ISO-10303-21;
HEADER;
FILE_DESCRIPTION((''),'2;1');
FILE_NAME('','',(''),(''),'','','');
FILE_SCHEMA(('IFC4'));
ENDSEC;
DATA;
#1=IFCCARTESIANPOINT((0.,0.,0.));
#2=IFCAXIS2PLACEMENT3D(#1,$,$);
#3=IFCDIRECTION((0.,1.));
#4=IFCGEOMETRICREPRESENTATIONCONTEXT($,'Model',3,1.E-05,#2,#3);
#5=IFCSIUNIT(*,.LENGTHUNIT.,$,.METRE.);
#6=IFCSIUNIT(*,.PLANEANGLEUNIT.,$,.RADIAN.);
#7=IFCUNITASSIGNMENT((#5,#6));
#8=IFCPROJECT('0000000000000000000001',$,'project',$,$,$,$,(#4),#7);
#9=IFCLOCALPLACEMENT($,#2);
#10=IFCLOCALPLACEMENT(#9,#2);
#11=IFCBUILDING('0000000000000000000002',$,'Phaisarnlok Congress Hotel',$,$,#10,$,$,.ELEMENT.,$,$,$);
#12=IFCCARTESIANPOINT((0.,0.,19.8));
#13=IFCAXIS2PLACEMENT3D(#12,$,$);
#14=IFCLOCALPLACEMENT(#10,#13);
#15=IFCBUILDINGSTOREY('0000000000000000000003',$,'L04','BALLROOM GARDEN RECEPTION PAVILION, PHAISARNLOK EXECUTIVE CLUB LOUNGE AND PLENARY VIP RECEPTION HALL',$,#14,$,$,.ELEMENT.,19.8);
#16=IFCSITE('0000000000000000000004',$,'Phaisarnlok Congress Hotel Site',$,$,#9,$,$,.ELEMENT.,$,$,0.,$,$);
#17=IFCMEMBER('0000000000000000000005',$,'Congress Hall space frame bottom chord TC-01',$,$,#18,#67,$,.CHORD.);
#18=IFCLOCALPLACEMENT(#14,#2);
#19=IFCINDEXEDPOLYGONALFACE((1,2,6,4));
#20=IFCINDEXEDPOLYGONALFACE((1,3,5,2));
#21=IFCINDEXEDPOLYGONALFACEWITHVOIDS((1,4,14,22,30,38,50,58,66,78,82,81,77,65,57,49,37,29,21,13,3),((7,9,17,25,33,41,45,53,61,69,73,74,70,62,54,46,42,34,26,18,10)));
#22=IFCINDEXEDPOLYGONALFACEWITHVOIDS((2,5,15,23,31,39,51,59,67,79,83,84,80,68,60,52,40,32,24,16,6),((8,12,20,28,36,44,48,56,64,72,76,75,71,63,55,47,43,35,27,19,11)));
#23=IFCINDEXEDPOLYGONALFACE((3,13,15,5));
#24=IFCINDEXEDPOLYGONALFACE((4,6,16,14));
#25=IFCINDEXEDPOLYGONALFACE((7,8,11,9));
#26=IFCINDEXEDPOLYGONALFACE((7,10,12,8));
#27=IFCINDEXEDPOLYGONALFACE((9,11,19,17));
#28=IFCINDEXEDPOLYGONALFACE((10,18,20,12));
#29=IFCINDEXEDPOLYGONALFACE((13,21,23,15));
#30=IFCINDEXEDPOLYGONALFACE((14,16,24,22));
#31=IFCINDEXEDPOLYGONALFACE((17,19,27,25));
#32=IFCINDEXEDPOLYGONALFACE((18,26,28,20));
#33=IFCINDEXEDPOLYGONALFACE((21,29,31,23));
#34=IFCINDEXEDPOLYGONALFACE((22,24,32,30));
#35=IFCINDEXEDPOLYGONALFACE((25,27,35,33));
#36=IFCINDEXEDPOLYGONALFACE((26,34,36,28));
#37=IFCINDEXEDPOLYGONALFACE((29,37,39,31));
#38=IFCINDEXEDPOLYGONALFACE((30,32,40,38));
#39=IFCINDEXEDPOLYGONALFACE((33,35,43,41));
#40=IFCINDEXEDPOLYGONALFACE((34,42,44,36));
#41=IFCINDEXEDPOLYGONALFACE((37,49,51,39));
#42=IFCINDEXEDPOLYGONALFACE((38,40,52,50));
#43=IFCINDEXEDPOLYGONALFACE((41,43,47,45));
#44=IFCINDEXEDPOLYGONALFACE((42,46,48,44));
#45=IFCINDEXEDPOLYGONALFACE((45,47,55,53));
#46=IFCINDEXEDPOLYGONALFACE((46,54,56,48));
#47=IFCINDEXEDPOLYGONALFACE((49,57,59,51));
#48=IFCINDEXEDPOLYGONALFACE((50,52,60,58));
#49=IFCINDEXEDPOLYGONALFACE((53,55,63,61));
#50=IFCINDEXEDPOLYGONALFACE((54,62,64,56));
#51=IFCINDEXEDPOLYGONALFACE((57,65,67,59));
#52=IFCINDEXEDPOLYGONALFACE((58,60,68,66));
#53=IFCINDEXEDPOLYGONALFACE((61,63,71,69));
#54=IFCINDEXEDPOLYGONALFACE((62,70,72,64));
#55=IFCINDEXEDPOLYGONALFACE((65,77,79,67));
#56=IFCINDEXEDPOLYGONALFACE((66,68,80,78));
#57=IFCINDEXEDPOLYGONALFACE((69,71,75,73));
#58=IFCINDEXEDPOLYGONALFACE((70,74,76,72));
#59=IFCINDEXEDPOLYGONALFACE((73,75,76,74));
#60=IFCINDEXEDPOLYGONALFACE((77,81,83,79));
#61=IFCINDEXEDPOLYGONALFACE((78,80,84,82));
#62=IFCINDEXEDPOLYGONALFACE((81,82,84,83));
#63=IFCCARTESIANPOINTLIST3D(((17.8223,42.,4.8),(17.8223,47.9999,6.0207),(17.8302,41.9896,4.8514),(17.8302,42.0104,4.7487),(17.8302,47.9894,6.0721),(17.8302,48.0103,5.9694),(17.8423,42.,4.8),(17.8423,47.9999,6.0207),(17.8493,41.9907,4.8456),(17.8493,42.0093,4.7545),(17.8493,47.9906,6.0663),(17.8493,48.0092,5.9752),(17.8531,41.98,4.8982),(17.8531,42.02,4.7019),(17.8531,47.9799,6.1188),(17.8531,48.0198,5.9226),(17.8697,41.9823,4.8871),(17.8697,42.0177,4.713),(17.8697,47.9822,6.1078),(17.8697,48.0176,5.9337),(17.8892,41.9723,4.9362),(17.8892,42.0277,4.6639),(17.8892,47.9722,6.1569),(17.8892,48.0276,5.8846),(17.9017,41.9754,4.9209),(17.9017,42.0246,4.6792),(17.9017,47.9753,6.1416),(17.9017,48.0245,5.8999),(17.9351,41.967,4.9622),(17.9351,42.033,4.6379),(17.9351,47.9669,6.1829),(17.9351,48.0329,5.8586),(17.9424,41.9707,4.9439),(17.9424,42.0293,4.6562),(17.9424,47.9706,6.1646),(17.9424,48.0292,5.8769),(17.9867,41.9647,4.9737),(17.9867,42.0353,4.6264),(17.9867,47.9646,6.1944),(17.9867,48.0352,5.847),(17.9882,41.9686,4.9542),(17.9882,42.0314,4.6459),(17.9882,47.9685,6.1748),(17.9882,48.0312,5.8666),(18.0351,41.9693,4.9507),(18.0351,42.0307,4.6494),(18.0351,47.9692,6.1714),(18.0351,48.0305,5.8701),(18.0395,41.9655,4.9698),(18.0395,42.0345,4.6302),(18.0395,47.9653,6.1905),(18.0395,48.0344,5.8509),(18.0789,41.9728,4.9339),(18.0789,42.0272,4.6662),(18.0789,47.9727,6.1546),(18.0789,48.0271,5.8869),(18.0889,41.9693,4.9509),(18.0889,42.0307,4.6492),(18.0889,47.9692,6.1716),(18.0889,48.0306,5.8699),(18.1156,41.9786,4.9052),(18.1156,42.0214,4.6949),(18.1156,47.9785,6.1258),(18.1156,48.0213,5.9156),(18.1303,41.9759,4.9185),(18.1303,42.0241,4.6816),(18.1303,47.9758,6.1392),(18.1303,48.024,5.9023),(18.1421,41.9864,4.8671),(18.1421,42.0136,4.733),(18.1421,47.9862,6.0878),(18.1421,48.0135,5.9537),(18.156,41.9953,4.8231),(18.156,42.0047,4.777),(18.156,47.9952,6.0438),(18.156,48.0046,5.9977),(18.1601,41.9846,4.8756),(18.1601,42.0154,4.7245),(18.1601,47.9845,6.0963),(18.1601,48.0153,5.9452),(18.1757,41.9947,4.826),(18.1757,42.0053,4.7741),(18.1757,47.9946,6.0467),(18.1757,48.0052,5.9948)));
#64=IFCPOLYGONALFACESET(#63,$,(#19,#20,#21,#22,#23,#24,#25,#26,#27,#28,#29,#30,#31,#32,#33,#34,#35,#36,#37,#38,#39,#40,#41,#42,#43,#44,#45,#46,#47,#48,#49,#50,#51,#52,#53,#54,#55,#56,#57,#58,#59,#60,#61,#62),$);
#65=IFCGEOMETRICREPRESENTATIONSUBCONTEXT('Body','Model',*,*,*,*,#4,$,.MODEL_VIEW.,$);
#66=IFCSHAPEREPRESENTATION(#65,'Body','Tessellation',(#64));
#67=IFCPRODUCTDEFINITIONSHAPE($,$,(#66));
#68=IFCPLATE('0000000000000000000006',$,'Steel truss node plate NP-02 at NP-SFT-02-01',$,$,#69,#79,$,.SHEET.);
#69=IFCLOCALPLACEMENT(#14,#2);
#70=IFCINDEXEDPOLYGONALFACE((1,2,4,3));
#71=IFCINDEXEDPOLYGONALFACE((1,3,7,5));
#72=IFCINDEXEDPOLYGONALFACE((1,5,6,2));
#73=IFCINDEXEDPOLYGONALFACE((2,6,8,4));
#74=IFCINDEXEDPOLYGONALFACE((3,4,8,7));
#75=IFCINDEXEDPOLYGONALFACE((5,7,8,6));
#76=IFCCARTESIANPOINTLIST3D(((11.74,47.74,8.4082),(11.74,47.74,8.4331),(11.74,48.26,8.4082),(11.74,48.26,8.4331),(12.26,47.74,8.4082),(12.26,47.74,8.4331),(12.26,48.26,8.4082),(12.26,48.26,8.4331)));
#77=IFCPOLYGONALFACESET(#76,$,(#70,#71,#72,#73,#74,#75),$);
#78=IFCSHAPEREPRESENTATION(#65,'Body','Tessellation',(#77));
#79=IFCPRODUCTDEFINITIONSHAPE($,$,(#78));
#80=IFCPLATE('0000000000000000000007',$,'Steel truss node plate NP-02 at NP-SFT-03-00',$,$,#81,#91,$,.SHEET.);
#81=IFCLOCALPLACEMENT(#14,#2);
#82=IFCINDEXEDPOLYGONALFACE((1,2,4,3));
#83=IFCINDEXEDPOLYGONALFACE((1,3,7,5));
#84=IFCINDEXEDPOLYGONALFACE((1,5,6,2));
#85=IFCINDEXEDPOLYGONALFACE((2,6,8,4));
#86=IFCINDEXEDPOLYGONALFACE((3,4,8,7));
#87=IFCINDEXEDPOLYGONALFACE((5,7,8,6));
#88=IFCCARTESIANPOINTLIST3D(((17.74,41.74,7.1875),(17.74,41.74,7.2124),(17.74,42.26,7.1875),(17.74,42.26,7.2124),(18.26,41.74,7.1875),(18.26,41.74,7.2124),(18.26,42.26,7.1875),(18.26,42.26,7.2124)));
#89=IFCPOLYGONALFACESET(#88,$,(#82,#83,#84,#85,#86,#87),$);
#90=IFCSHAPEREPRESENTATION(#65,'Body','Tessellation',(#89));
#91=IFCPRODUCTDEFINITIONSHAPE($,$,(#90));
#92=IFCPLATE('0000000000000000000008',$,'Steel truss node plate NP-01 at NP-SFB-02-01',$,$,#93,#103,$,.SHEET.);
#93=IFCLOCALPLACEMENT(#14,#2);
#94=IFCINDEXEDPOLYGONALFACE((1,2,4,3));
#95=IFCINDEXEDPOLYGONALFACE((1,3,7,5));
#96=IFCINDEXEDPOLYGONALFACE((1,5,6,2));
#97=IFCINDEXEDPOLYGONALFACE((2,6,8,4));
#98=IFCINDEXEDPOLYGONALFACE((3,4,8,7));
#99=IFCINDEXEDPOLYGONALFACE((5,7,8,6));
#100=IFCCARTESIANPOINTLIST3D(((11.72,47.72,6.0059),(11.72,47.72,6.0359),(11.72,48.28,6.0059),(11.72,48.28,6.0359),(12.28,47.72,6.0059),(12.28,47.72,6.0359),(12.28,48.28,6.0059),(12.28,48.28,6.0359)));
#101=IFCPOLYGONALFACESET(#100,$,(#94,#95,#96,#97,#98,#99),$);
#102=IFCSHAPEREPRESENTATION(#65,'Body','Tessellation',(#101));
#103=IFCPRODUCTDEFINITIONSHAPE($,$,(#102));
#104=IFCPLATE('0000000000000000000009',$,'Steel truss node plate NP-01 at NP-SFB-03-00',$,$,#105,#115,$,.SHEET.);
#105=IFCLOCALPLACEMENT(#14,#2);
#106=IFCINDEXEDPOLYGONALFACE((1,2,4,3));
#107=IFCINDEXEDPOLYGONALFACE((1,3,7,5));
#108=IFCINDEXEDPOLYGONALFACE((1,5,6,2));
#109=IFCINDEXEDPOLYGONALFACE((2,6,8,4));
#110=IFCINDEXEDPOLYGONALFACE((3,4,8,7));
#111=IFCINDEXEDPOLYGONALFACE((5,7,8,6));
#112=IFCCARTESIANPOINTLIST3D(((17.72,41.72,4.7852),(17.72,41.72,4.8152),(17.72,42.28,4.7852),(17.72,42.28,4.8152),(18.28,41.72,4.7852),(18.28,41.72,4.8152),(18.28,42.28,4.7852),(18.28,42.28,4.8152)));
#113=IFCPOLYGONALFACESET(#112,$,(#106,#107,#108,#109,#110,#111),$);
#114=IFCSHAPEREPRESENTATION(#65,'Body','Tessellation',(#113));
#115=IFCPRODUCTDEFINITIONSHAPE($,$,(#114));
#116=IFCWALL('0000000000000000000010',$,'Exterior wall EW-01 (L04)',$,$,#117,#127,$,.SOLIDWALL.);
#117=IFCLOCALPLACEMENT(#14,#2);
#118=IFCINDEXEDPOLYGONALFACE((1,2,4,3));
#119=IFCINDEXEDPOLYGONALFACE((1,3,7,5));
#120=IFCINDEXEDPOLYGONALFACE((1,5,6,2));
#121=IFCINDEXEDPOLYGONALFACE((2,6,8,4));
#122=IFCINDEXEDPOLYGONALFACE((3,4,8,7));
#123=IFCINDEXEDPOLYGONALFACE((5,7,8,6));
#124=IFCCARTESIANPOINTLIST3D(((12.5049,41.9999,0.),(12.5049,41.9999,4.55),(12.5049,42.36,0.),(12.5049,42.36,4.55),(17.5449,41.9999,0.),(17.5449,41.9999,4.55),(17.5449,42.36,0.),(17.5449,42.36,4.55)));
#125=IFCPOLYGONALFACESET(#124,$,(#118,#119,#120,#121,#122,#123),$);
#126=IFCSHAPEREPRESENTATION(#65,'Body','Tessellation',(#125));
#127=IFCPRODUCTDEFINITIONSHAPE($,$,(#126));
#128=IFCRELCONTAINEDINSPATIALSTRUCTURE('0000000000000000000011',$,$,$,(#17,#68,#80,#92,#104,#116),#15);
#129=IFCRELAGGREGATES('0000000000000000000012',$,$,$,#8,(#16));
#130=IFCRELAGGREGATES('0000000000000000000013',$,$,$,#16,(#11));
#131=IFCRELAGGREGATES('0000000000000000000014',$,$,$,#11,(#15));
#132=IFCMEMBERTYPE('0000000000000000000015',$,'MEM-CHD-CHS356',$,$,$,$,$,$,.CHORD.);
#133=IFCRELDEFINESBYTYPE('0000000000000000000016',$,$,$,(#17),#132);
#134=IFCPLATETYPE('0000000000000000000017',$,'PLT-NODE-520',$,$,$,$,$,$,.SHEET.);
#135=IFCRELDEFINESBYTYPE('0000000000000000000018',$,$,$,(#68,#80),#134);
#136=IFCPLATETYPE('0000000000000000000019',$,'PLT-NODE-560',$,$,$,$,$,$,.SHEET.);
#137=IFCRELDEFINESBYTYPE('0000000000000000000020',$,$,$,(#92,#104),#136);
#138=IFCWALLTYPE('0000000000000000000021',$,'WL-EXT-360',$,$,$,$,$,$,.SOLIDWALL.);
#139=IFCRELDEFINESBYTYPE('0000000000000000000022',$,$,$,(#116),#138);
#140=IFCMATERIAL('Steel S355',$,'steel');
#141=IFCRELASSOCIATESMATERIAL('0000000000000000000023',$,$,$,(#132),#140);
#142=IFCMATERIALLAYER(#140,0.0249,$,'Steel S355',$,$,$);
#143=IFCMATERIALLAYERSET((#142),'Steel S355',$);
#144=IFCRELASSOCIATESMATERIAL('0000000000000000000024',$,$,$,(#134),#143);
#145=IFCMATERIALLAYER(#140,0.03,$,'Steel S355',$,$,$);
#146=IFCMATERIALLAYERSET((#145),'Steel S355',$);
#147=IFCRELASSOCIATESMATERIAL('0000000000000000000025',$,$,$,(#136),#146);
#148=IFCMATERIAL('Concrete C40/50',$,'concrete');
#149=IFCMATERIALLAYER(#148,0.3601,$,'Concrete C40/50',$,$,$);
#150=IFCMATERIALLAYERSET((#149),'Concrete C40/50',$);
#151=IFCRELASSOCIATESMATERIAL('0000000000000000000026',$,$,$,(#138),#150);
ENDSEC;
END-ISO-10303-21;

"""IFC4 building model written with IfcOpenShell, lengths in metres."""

from ifc_helpers import new_model, si_unit, direction, frame, frame_2d, origin, origin_2d, place, context, subcontext, project, spatial, rectangle, hollow_circle, extrude, material, layer, layer_set, material_profile, profile_set, type_object, element, save


model = new_model("IFC4")

# Units and contexts
model_context = context("Model", 3, precision=1e-05, world=origin(), true_north=direction((0.0, 1.0)))
body_context = subcontext(model_context, "Body", "Model", "MODEL_VIEW")
ifc_project = project(units=[si_unit("LENGTHUNIT", "METRE"), si_unit("PLANEANGLEUNIT", "RADIAN")], contexts=[model_context])

# Site, building, storey
site_placement = place(None, origin())
site = spatial("IfcSite", under=ifc_project, at=site_placement, Name="Phaisarnlok Congress Hotel Site", CompositionType="ELEMENT", RefElevation=0.0)
building_placement = place(site_placement, origin())
building = spatial("IfcBuilding", under=site, at=building_placement, Name="Phaisarnlok Congress Hotel", CompositionType="ELEMENT")
storey_placement = place(building_placement, frame((0.0, 0.0, 19.8)))
storey = spatial("IfcBuildingStorey", under=building, at=storey_placement, Name="L04", Description="BALLROOM GARDEN RECEPTION PAVILION, PHAISARNLOK EXECUTIVE CLUB LOUNGE AND PLENARY VIP RECEPTION HALL", CompositionType="ELEMENT", Elevation=19.8)

# Member
ifc_material_1 = material(Name="Steel S355", Category="steel")
ifc_material_profile_1 = material_profile(ifc_material_1, hollow_circle(Radius=0.1777, WallThickness=0.02, at=origin_2d()), Name="CHS 355.6x20")
ifc_profile_set_1 = profile_set([ifc_material_profile_1], Name="Steel S355")
member_type_1 = type_object("IfcMemberType", Name="MEM-CHD-CHS356", PredefinedType="CHORD", material=ifc_profile_set_1)
member_1_placement = place(storey_placement, frame((18.0, 42.0, 4.8), z_axis=(0.0, 0.979925, 0.199366), x_axis=(-1.0, 0.0, 0.0)))
element("IfcMember", 1, at=member_1_placement, inside=storey, type_object=member_type_1, Name="Congress Hall space frame bottom chord TC-01", PredefinedType="CHORD", context=body_context, shape_type="SweptSolid", body=[
    extrude(hollow_circle(Radius=0.1777, WallThickness=0.02, at=origin_2d()), origin(), (0.0, 0.0, 1.0), 6.1228),
])

# Plates
ifc_layer_1 = layer(ifc_material_1, 0.0249, Name="Steel S355")
ifc_layer_set_1 = layer_set([ifc_layer_1], Name="Steel S355")
plate_type_1 = type_object("IfcPlateType", Name="PLT-NODE-520", PredefinedType="SHEET", material=ifc_layer_set_1)
for number, where, z_axis, x_axis, name in (
    (2, (12.0, 48.0, 8.4082), (0.0, 0.0, 1.0), (1.0, 0.0, 0.0), "Steel truss node plate NP-02 at NP-SFT-02-01"),
    (3, (18.0, 42.0, 7.1875), (0.0, 0.0, 1.0), (1.0, 0.0, 0.0), "Steel truss node plate NP-02 at NP-SFT-03-00"),
):
    element("IfcPlate", number, at=place(storey_placement, frame(where, z_axis=z_axis, x_axis=x_axis)), inside=storey, type_object=plate_type_1, Name=name, PredefinedType="SHEET", context=body_context, shape_type="SweptSolid", body=[
        extrude(rectangle(XDim=0.52, YDim=0.52, at=origin_2d()), origin(), (0.0, 0.0, 1.0), 0.0249),
    ])
ifc_layer_2 = layer(ifc_material_1, 0.03, Name="Steel S355")
ifc_layer_set_2 = layer_set([ifc_layer_2], Name="Steel S355")
plate_type_2 = type_object("IfcPlateType", Name="PLT-NODE-560", PredefinedType="SHEET", material=ifc_layer_set_2)
for number, where, z_axis, x_axis, name in (
    (4, (12.0, 48.0, 6.0059), (0.0, 0.0, 1.0), (1.0, 0.0, 0.0), "Steel truss node plate NP-01 at NP-SFB-02-01"),
    (5, (18.0, 42.0, 4.7852), (0.0, 0.0, 1.0), (1.0, 0.0, 0.0), "Steel truss node plate NP-01 at NP-SFB-03-00"),
):
    element("IfcPlate", number, at=place(storey_placement, frame(where, z_axis=z_axis, x_axis=x_axis)), inside=storey, type_object=plate_type_2, Name=name, PredefinedType="SHEET", context=body_context, shape_type="SweptSolid", body=[
        extrude(rectangle(XDim=0.5601, YDim=0.5601, at=origin_2d()), origin(), (0.0, 0.0, 1.0), 0.03),
    ])

# Wall
ifc_material_2 = material(Name="Concrete C40/50", Category="concrete")
ifc_layer_3 = layer(ifc_material_2, 0.3601, Name="Concrete C40/50")
ifc_layer_set_3 = layer_set([ifc_layer_3], Name="Concrete C40/50")
wall_type = type_object("IfcWallType", Name="WL-EXT-360", PredefinedType="SOLIDWALL", material=ifc_layer_set_3)
wall_placement = place(storey_placement, frame((12.5049, 42.1799, 0.0), z_axis=(0.0, 0.0, 1.0), x_axis=(1.0, 0.0, 0.0)))
element("IfcWall", 6, at=wall_placement, inside=storey, type_object=wall_type, Name="Exterior wall EW-01 (L04)", PredefinedType="SOLIDWALL", context=body_context, shape_type="SweptSolid", body=[
    extrude(rectangle(XDim=5.04, YDim=0.3601, at=frame_2d((2.52, 0.0))), origin(), (0.0, 0.0, 1.0), 4.55),
])

save(model, "model.ifc")
